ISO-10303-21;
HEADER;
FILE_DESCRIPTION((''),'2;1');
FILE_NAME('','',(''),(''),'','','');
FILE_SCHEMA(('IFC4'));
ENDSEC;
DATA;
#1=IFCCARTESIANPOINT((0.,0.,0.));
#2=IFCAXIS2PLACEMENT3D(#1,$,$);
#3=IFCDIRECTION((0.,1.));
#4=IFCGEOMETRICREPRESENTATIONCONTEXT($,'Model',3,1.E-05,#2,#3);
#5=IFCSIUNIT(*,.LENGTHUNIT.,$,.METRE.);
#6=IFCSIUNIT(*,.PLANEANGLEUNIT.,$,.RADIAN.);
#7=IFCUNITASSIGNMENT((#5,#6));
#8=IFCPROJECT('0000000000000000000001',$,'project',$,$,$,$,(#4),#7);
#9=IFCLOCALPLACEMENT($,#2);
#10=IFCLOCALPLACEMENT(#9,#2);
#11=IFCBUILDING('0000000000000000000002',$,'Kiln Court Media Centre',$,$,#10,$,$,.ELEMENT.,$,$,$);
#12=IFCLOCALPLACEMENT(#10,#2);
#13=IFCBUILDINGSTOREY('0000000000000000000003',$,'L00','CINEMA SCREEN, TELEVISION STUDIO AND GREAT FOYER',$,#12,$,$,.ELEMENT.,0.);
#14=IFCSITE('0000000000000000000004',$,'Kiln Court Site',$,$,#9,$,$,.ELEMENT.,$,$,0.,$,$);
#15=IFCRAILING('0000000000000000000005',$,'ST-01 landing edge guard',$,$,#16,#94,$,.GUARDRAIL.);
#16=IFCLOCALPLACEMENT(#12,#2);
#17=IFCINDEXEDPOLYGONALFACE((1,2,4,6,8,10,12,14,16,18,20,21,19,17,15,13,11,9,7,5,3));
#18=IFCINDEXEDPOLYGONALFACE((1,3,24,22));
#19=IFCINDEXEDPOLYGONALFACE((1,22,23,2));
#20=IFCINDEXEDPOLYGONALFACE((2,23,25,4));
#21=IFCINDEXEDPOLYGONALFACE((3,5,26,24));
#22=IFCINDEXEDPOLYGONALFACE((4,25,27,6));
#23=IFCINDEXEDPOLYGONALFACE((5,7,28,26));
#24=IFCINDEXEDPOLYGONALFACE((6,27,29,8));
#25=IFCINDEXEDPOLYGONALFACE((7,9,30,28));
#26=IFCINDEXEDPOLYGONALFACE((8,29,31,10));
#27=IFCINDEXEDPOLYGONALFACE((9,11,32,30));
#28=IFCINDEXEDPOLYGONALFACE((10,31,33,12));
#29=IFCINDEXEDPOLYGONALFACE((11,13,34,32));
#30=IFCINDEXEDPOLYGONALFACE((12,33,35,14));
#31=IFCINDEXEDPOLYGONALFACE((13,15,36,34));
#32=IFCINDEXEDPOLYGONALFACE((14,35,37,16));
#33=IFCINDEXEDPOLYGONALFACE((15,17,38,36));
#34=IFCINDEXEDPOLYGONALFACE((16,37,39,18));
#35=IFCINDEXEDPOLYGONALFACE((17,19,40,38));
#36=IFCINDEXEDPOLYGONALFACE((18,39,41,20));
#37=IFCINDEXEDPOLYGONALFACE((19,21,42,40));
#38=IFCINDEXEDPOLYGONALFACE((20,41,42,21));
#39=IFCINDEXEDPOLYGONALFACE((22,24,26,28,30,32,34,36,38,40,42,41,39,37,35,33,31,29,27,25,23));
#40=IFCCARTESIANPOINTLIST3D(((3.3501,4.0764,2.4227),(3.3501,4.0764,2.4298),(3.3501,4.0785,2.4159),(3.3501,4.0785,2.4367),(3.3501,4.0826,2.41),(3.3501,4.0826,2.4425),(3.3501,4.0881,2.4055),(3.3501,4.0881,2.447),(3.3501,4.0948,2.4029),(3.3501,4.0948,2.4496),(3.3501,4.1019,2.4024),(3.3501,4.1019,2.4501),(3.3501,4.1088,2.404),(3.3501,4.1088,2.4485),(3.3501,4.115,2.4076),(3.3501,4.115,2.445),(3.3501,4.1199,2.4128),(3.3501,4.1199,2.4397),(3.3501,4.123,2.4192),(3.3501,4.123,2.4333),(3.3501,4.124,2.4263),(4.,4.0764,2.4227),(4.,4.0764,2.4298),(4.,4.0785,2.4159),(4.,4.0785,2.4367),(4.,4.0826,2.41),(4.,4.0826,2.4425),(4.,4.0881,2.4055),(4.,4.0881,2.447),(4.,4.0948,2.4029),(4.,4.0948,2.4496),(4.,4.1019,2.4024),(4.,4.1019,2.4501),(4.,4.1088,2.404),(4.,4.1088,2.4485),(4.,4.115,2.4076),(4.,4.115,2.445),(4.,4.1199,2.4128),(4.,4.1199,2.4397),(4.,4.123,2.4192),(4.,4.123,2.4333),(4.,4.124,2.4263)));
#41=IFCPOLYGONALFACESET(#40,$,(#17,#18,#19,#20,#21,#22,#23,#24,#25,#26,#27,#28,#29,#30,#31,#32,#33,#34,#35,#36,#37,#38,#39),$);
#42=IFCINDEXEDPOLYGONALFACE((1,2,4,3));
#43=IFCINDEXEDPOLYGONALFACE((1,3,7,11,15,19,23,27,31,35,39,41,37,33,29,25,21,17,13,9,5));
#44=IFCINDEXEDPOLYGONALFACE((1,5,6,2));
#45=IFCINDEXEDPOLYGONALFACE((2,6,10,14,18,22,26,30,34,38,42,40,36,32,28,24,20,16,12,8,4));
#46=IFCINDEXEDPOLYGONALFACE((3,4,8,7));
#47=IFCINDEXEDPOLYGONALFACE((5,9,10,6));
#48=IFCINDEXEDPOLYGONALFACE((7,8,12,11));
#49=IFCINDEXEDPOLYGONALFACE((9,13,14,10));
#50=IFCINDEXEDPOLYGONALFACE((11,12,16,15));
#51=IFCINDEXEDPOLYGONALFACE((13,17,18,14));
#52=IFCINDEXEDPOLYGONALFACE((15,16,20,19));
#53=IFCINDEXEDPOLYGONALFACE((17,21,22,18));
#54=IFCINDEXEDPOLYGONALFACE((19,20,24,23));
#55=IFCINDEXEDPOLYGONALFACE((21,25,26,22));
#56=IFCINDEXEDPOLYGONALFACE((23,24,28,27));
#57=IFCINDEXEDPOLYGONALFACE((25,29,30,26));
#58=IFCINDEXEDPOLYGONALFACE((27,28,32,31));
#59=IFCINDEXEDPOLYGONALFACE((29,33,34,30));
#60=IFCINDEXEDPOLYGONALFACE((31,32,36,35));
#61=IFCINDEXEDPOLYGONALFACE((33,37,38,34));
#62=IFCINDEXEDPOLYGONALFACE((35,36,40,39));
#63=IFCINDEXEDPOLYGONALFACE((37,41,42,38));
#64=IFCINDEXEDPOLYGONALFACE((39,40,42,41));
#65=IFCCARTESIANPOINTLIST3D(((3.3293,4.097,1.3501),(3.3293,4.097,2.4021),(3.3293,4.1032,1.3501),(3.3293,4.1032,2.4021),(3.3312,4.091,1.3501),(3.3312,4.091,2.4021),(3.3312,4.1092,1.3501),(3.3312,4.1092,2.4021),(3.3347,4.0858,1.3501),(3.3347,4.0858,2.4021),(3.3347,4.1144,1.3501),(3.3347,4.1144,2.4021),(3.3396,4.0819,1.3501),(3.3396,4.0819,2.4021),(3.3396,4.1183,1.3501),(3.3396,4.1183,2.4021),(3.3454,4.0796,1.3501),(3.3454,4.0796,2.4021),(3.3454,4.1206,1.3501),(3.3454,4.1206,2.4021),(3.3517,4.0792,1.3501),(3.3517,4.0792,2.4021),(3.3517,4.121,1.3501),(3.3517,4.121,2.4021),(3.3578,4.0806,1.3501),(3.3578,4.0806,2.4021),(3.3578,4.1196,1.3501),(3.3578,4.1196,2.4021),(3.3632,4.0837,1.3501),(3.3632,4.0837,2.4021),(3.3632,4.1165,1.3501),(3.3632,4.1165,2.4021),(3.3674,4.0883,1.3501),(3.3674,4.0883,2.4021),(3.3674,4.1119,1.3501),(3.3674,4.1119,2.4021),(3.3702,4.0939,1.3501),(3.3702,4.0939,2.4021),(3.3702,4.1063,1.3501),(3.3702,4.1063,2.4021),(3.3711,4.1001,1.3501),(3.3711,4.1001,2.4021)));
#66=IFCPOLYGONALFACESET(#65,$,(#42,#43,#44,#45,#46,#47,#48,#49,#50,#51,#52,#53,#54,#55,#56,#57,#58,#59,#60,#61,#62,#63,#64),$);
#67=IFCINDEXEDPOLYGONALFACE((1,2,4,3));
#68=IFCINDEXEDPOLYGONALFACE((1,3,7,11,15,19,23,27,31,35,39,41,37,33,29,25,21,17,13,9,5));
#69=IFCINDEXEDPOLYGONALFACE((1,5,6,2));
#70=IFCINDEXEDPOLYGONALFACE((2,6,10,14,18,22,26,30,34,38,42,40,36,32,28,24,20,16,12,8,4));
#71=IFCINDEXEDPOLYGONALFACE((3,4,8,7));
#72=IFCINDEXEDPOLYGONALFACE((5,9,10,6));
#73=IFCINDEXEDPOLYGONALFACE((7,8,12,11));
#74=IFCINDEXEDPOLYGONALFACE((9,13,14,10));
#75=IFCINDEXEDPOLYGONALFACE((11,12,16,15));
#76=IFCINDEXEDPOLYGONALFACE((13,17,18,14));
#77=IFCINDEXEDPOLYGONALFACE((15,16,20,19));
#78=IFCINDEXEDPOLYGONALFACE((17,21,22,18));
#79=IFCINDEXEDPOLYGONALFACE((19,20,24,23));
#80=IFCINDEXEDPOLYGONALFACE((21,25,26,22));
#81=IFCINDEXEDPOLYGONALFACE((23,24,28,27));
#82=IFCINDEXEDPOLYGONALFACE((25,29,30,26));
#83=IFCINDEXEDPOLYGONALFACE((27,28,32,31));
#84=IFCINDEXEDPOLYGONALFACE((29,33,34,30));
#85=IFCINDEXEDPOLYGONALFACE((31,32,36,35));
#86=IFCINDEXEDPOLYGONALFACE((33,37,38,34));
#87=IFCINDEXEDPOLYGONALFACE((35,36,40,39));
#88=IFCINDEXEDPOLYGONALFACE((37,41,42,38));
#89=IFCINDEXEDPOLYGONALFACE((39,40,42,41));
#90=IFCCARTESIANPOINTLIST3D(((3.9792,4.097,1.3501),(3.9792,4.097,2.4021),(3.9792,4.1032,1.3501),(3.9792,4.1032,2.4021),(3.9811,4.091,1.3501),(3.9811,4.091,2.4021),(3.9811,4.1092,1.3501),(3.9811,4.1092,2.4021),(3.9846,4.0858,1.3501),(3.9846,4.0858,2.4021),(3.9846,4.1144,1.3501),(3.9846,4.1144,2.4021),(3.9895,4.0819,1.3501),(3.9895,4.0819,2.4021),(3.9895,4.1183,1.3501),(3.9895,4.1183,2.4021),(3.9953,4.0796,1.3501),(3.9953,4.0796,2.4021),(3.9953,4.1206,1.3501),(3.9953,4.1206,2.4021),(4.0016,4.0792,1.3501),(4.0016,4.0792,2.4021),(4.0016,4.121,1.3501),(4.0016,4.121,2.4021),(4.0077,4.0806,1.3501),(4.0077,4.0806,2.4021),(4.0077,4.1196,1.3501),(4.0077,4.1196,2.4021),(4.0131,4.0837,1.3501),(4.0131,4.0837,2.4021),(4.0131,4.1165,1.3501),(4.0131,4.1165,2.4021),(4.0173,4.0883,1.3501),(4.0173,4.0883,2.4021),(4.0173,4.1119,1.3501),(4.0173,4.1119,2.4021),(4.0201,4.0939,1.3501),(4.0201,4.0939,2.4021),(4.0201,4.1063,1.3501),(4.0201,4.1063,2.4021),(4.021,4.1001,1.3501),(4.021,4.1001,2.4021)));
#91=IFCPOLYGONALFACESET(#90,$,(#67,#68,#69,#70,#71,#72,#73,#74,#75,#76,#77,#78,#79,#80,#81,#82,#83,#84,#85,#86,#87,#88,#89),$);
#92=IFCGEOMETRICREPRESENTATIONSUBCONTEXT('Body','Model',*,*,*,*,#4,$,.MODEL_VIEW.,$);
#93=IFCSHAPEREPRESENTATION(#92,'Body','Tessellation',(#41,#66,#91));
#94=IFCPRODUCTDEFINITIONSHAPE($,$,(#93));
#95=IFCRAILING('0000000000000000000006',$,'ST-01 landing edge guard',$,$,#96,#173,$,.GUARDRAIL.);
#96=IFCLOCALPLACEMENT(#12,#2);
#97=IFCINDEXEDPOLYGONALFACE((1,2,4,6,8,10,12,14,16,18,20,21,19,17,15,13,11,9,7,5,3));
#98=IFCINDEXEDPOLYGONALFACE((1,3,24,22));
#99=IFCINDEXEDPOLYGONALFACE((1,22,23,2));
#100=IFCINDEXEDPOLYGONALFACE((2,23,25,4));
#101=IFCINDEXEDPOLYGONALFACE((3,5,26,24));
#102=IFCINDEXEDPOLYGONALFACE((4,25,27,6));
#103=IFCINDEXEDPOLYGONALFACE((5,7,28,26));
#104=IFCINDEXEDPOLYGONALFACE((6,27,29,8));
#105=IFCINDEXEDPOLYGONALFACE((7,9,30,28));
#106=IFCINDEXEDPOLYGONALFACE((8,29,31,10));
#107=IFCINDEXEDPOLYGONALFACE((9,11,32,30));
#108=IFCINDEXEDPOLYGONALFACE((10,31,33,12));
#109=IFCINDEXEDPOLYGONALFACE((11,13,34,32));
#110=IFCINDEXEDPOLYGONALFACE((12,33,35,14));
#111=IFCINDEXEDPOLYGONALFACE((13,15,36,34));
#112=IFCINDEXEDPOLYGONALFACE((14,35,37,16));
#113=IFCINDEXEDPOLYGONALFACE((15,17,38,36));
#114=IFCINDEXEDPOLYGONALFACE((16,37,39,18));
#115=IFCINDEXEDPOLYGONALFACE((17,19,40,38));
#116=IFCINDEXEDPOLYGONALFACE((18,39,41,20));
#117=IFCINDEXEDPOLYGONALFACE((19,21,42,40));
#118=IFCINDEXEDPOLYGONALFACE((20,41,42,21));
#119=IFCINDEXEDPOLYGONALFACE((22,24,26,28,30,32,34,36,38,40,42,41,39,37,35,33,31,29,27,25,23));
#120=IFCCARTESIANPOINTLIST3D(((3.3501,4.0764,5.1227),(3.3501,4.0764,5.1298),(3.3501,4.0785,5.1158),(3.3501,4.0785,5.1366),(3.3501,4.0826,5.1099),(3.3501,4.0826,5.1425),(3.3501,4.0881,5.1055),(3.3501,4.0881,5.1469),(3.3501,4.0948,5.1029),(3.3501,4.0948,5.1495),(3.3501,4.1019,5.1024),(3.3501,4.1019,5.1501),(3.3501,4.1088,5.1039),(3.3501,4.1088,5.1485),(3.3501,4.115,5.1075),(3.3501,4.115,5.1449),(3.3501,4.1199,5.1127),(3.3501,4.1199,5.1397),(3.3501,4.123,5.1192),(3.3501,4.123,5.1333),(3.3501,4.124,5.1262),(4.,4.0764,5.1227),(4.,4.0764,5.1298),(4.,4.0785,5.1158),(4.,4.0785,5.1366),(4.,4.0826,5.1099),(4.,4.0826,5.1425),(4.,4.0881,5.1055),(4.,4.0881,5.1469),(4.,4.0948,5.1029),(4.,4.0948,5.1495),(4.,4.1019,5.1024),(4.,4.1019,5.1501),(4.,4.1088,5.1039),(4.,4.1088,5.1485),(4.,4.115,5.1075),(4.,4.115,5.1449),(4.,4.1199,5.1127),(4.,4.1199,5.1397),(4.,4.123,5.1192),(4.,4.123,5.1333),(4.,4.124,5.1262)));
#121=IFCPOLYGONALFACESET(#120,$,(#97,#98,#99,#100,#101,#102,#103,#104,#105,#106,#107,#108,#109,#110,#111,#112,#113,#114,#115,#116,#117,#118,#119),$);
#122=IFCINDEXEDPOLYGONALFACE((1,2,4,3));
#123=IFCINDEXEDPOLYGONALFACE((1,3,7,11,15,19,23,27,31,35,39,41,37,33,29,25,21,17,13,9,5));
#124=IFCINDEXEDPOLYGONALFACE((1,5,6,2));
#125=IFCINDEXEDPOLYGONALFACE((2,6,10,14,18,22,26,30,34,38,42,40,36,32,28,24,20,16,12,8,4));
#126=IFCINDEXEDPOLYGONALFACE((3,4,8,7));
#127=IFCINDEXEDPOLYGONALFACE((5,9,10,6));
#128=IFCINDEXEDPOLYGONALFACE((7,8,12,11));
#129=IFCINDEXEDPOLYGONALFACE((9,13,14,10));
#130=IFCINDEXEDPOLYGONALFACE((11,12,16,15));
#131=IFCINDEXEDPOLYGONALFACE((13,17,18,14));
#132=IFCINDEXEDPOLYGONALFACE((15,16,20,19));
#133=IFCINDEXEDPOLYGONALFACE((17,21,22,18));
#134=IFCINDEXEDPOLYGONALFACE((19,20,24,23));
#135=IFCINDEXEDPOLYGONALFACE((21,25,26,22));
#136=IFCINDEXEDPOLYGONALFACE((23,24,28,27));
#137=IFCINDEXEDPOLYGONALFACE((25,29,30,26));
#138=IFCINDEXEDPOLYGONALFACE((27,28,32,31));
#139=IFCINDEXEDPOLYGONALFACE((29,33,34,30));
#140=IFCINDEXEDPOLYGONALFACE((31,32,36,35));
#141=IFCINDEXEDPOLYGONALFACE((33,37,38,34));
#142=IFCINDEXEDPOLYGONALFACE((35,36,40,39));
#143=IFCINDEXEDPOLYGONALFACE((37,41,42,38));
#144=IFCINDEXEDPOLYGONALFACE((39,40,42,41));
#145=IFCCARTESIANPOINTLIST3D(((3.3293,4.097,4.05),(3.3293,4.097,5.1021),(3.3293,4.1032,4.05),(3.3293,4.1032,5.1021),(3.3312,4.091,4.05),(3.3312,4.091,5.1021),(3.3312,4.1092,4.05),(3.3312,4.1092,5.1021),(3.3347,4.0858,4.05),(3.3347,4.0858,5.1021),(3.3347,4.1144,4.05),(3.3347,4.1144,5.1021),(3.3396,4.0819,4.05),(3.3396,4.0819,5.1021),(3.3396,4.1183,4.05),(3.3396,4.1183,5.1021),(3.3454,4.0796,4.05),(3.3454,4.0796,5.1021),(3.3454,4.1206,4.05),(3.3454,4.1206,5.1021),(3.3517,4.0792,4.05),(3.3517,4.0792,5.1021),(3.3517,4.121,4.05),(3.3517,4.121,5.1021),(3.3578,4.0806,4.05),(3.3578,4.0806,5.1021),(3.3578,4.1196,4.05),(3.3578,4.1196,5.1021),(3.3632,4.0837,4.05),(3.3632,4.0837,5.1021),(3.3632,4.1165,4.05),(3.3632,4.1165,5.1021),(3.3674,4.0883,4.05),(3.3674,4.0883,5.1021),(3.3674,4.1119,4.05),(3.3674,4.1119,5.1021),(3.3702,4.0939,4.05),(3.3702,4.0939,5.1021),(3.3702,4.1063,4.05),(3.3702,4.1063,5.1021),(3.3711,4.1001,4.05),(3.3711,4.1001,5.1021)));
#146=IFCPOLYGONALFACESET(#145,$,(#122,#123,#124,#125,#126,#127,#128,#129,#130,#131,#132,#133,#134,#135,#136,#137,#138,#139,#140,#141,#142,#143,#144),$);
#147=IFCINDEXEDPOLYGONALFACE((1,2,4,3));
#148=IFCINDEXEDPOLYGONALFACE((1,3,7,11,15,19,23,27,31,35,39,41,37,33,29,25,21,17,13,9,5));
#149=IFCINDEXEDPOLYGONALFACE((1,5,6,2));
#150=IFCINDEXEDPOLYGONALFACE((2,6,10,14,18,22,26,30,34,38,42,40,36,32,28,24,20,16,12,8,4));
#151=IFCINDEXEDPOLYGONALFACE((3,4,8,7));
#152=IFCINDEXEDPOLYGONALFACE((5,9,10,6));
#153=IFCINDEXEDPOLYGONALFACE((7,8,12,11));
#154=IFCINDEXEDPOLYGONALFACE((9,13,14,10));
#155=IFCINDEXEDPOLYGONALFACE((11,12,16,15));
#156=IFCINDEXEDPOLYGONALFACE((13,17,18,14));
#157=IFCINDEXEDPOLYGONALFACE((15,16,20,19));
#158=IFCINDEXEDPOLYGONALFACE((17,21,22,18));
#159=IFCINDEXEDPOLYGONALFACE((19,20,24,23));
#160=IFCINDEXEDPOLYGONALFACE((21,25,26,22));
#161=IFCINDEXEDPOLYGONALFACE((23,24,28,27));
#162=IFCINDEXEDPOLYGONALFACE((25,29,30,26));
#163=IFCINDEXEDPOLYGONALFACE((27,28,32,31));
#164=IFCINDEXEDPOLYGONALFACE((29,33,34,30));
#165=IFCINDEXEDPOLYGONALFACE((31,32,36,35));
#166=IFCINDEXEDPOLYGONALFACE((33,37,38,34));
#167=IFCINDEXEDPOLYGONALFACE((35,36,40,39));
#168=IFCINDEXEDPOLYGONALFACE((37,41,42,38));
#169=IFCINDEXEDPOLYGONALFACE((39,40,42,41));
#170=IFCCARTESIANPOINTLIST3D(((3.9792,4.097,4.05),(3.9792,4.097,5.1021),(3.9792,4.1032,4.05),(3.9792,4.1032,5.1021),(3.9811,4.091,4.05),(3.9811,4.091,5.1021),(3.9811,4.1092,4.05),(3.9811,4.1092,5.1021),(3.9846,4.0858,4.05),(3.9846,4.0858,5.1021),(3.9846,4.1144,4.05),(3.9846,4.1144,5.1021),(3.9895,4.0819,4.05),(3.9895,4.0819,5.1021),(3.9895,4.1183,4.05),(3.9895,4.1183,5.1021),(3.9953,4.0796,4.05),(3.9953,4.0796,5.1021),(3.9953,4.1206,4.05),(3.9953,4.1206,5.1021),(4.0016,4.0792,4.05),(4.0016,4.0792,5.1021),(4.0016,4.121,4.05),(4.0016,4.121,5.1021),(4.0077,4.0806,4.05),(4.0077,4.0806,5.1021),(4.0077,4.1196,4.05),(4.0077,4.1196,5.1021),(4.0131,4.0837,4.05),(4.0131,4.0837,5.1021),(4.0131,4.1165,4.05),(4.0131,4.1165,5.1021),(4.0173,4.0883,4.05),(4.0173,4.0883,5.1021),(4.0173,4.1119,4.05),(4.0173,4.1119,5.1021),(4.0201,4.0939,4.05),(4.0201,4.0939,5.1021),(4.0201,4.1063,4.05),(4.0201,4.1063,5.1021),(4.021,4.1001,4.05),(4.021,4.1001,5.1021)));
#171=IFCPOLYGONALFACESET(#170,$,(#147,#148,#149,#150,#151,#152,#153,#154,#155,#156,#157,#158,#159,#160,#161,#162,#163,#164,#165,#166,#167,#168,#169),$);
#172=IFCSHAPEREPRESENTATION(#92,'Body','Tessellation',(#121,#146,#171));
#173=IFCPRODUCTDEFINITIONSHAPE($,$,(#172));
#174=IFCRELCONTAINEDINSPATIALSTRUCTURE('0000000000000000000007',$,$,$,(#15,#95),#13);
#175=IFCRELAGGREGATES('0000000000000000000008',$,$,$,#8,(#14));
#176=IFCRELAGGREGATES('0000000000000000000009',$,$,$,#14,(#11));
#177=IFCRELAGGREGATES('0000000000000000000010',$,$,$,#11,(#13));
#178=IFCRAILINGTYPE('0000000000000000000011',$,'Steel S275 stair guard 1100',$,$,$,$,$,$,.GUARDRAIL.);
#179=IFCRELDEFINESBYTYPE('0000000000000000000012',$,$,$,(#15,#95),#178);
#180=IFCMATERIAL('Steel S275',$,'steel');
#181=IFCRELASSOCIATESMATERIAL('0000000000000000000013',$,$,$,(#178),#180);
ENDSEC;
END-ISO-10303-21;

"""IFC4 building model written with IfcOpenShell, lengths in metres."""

from ifc_helpers import new_model, si_unit, direction, frame, origin, origin_2d, place, context, subcontext, project, spatial, circle, extrude, material, type_object, element, save


model = new_model("IFC4")

# Units and contexts
model_context = context("Model", 3, precision=1e-05, world=origin(), true_north=direction((0.0, 1.0)))
body_context = subcontext(model_context, "Body", "Model", "MODEL_VIEW")
ifc_project = project(units=[si_unit("LENGTHUNIT", "METRE"), si_unit("PLANEANGLEUNIT", "RADIAN")], contexts=[model_context])

# Site, building, storey
site_placement = place(None, origin())
site = spatial("IfcSite", under=ifc_project, at=site_placement, Name="Kiln Court Site", CompositionType="ELEMENT", RefElevation=0.0)
building_placement = place(site_placement, origin())
building = spatial("IfcBuilding", under=site, at=building_placement, Name="Kiln Court Media Centre", CompositionType="ELEMENT")
storey_placement = place(building_placement, origin())
storey = spatial("IfcBuildingStorey", under=building, at=storey_placement, Name="L00", Description="CINEMA SCREEN, TELEVISION STUDIO AND GREAT FOYER", CompositionType="ELEMENT", Elevation=0.0)

# Railings
ifc_material_1 = material(Name="Steel S275", Category="steel")
railing_type_1 = type_object("IfcRailingType", Name="Steel S275 stair guard 1100", PredefinedType="GUARDRAIL", material=ifc_material_1)
for number, where, name in (
    (1, (3.3501, 4.1001, 1.3501), "ST-01 landing edge guard"),
    (2, (3.3501, 4.1001, 4.05), "ST-01 landing edge guard"),
):
    element("IfcRailing", number, at=place(storey_placement, frame(where)), inside=storey, type_object=railing_type_1, Name=name, PredefinedType="GUARDRAIL", context=body_context, shape_type="SweptSolid", body=[
        extrude(circle(Radius=0.0239, at=origin_2d()), frame((0.0, 0.0, 1.0762), z_axis=(1.0, 0.0, 0.0), x_axis=(0.0, 1.0, 0.0)), (0.0, 0.0, 1.0), 0.6499),
        extrude(circle(Radius=0.021, at=origin_2d()), origin(), (0.0, 0.0, 1.0), 1.052),
        extrude(circle(Radius=0.021, at=origin_2d()), frame((0.6499, 0.0, 0.0)), (0.0, 0.0, 1.0), 1.052),
    ])

save(model, "model.ifc")
